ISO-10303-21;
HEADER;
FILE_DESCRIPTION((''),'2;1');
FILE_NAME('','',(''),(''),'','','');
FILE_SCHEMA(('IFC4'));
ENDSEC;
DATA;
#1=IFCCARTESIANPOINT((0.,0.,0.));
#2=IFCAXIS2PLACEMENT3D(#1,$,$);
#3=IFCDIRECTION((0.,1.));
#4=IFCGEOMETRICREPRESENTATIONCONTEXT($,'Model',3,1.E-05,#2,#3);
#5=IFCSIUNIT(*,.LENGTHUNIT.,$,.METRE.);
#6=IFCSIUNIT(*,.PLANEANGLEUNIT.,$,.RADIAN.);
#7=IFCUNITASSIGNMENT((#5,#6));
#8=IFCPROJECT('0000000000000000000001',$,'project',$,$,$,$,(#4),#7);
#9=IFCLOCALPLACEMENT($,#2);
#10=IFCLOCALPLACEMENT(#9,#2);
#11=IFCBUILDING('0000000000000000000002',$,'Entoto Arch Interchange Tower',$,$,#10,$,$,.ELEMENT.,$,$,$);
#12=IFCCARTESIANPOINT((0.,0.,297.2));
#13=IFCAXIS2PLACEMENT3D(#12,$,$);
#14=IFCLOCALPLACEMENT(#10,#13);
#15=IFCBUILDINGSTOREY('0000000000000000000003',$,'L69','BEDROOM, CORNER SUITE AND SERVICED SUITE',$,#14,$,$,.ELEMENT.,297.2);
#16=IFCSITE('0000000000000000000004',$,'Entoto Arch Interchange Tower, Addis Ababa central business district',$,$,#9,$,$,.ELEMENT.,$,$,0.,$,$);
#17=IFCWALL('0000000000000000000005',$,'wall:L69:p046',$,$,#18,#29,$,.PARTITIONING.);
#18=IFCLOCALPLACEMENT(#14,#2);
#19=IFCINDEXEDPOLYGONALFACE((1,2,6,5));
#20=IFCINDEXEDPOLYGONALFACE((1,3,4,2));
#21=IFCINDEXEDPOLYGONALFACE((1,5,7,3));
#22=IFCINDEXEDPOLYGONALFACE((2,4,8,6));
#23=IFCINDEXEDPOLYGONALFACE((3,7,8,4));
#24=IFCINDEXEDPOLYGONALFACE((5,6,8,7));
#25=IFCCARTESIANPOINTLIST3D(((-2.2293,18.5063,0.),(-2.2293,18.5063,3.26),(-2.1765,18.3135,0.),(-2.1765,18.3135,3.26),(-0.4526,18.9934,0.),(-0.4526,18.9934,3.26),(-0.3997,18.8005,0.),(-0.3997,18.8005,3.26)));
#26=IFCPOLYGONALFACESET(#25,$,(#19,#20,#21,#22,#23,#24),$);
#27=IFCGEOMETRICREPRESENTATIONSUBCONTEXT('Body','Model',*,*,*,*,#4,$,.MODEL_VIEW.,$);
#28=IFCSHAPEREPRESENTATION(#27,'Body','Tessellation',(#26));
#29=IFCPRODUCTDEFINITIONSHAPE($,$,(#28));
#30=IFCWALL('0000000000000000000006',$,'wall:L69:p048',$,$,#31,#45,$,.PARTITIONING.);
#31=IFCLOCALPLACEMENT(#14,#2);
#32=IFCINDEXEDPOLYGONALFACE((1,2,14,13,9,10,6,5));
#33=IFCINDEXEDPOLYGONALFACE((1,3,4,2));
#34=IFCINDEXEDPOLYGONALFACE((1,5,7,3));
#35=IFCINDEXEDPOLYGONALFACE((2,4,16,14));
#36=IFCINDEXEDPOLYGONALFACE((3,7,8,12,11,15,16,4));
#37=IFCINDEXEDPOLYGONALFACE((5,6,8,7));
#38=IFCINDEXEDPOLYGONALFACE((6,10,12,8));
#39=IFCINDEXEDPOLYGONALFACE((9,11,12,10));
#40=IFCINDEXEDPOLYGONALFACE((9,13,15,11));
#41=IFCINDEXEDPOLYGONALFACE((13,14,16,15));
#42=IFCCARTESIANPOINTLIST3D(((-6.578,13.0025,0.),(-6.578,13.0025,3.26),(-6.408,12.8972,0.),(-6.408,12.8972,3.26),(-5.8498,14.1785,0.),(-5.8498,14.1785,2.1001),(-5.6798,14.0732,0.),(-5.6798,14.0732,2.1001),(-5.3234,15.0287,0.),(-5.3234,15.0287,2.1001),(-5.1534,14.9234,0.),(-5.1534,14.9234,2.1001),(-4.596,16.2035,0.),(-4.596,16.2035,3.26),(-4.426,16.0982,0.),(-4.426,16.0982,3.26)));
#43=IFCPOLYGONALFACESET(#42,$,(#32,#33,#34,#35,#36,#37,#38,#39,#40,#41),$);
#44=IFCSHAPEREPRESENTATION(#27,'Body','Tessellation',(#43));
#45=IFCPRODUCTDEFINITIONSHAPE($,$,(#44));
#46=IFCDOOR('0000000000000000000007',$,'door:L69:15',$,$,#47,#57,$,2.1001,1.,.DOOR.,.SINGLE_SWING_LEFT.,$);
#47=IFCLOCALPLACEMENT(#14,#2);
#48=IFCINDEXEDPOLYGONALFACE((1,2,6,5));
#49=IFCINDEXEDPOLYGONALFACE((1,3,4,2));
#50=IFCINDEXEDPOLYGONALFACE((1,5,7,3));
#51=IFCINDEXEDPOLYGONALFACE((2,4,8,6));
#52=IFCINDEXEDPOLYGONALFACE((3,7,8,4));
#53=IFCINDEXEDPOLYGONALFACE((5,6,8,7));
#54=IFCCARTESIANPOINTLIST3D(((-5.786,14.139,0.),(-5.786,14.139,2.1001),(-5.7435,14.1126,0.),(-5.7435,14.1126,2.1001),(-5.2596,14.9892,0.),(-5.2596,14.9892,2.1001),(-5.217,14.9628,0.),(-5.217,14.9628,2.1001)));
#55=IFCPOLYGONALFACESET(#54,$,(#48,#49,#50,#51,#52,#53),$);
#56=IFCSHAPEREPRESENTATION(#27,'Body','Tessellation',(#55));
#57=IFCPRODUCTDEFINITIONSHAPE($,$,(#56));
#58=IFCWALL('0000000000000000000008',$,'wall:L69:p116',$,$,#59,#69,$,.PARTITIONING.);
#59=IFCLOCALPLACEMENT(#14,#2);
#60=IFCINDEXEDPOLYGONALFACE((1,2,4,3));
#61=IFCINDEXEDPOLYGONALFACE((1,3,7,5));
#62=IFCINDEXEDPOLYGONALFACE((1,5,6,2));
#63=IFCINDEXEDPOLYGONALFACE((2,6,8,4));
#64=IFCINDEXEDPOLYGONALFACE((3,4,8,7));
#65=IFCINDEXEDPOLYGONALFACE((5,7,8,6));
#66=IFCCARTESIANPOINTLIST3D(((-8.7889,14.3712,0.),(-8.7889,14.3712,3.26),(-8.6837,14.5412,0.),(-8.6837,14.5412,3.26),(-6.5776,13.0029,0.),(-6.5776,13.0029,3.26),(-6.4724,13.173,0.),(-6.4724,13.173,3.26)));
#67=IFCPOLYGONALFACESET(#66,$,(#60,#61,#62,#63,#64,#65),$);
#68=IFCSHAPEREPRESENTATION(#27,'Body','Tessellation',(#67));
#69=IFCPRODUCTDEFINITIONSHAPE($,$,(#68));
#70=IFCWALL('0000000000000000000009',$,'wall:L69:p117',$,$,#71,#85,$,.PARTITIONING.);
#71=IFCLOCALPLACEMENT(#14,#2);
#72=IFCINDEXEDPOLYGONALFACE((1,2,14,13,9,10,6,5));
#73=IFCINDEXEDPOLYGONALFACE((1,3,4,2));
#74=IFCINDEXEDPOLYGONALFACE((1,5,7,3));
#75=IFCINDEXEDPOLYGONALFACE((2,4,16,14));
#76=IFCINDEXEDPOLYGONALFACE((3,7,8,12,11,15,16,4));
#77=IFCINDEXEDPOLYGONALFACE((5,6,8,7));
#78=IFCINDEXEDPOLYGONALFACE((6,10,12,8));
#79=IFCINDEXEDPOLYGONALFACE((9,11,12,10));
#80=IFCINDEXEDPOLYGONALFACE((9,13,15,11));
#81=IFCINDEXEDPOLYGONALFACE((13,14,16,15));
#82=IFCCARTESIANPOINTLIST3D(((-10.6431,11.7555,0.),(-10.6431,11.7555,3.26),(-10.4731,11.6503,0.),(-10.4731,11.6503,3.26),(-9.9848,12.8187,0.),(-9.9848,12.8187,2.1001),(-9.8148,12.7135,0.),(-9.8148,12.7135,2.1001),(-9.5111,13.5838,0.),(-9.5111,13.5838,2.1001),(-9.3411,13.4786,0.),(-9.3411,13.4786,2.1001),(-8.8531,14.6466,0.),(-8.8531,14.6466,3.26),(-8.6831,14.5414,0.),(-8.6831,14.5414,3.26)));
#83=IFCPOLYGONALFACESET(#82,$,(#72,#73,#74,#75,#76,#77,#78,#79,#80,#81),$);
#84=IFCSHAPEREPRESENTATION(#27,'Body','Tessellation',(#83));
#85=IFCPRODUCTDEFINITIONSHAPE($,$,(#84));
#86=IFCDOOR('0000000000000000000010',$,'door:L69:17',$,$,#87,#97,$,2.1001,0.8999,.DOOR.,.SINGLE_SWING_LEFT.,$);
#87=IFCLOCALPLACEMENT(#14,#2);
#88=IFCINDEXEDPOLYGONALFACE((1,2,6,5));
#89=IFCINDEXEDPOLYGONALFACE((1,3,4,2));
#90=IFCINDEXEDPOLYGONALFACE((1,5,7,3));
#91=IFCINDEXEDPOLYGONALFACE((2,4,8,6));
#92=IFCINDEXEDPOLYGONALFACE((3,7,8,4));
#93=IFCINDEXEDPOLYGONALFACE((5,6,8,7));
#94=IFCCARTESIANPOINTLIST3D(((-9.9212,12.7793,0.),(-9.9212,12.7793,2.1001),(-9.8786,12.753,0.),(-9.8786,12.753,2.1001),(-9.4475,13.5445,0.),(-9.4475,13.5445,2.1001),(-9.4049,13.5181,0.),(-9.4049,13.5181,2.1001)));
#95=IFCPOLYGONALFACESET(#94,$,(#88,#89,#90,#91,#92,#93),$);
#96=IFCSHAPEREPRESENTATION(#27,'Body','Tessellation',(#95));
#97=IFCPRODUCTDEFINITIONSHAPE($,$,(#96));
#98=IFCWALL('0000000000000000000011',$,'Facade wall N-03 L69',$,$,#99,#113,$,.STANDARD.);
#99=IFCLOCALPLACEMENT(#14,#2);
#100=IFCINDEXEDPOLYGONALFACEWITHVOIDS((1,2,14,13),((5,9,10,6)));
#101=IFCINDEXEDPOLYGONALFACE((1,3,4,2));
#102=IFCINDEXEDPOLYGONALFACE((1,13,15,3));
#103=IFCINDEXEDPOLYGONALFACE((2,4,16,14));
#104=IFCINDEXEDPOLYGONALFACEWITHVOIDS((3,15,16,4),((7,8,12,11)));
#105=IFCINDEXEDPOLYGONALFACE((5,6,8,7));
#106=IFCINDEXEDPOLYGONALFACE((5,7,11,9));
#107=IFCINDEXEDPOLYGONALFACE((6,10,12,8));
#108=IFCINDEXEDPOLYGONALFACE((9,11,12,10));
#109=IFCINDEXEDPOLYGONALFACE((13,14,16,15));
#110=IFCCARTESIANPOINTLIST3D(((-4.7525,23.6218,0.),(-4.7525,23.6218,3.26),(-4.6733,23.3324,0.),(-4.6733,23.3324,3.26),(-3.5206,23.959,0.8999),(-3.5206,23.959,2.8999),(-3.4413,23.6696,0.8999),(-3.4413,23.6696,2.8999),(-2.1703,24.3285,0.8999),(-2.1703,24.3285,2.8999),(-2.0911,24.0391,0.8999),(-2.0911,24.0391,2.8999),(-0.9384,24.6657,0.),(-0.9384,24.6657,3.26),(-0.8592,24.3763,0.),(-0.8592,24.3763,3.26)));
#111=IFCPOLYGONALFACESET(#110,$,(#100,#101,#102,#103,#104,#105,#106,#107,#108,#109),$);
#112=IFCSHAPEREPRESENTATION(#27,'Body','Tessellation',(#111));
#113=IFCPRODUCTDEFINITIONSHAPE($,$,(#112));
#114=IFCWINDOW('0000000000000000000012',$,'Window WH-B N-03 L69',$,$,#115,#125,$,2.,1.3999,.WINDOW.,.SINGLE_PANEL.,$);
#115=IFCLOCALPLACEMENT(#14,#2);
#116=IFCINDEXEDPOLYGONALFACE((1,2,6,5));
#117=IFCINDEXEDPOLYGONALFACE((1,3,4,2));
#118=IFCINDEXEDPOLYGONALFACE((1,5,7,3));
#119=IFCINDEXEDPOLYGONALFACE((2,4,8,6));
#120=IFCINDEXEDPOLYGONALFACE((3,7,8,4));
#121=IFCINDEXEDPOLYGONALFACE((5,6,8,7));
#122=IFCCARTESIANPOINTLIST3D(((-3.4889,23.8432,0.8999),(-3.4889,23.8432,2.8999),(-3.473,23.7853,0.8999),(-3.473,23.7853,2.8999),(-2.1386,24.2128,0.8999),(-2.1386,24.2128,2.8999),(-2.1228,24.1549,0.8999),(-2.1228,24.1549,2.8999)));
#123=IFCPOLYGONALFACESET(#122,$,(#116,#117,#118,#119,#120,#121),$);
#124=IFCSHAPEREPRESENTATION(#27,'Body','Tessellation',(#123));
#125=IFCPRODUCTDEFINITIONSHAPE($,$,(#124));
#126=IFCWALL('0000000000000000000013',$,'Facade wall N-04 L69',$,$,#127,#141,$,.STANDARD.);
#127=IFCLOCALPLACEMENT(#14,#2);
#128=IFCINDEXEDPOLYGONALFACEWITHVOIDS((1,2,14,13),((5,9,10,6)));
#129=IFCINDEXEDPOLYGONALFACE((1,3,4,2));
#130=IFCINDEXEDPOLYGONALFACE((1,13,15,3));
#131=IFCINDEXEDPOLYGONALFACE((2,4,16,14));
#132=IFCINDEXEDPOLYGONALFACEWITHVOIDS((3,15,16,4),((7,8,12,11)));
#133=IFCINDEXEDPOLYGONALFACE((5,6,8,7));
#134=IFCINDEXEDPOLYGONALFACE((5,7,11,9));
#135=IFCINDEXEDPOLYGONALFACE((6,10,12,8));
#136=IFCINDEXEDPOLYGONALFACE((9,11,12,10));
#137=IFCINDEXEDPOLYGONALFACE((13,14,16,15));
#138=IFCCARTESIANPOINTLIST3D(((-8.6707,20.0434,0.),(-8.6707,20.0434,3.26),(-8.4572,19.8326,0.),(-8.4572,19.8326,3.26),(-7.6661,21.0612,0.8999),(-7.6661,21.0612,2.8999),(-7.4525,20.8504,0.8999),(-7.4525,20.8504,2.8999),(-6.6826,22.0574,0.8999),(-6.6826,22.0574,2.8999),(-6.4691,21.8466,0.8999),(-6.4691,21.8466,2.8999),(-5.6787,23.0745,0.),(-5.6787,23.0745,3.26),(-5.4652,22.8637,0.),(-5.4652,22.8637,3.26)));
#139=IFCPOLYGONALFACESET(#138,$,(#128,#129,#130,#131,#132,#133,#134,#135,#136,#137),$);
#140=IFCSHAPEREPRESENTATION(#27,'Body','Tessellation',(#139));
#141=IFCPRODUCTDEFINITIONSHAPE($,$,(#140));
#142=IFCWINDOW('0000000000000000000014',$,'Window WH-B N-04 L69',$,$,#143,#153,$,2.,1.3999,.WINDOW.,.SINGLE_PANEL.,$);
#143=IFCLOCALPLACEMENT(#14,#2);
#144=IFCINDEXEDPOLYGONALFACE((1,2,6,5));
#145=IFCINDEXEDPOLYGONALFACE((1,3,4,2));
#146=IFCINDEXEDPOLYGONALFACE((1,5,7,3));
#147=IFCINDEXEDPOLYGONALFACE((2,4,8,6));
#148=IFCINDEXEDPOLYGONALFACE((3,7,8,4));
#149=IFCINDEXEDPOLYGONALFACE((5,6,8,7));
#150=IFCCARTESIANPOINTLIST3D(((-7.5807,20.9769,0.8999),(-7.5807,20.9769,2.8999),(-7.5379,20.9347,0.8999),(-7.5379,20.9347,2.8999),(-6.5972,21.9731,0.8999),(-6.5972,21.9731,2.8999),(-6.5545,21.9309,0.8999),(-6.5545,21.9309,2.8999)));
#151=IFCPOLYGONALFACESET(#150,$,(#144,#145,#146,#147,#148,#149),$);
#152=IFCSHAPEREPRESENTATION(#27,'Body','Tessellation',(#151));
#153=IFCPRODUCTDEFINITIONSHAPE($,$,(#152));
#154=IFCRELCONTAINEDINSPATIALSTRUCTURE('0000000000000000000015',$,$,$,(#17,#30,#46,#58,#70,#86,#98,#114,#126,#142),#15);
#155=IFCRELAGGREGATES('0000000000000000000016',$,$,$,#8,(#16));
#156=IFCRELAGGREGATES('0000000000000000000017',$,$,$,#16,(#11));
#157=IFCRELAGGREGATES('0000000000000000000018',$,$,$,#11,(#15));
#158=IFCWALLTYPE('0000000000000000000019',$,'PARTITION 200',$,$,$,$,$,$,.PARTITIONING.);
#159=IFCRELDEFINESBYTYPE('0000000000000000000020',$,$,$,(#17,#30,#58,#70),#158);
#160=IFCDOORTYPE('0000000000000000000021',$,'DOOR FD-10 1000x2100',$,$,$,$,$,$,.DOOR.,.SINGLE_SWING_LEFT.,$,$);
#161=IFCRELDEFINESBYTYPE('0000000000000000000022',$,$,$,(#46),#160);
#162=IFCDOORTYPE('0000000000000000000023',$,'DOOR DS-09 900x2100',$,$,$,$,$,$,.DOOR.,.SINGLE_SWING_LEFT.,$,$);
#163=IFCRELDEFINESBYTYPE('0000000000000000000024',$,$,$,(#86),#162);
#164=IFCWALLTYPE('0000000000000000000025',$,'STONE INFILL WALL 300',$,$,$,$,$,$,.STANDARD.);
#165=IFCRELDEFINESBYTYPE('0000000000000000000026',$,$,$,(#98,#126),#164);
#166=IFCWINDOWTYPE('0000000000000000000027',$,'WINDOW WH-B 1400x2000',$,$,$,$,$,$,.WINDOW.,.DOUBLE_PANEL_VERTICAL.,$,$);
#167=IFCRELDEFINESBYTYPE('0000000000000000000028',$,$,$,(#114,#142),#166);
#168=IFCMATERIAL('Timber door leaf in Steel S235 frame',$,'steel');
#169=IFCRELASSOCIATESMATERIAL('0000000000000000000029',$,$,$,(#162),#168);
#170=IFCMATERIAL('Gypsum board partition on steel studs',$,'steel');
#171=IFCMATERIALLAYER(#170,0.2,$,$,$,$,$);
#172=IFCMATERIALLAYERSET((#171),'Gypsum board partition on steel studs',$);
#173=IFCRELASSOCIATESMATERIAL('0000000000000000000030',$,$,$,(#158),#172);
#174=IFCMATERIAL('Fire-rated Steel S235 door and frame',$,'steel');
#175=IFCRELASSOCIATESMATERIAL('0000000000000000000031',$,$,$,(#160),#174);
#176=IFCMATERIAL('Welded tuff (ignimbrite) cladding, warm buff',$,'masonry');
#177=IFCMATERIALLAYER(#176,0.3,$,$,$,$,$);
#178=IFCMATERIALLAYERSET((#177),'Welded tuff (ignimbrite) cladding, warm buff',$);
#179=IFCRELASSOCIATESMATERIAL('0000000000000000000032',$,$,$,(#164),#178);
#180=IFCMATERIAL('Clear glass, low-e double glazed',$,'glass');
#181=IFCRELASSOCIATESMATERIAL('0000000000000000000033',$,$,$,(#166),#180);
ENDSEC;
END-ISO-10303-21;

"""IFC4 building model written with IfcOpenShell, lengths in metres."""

from ifc_helpers import new_model, si_unit, direction, frame, frame_2d, origin, place, context, subcontext, project, spatial, rectangle, extrude, material, layer, layer_set, type_object, element, fill, save


model = new_model("IFC4")

# Units and contexts
model_context = context("Model", 3, precision=1e-05, world=origin(), true_north=direction((0.0, 1.0)))
body_context = subcontext(model_context, "Body", "Model", "MODEL_VIEW")
ifc_project = project(units=[si_unit("LENGTHUNIT", "METRE"), si_unit("PLANEANGLEUNIT", "RADIAN")], contexts=[model_context])

# Site, building, storey
site_placement = place(None, origin())
site = spatial("IfcSite", under=ifc_project, at=site_placement, Name="Entoto Arch Interchange Tower, Addis Ababa central business district", CompositionType="ELEMENT", RefElevation=0.0)
building_placement = place(site_placement, origin())
building = spatial("IfcBuilding", under=site, at=building_placement, Name="Entoto Arch Interchange Tower", CompositionType="ELEMENT")
storey_placement = place(building_placement, frame((0.0, 0.0, 297.2)))
storey = spatial("IfcBuildingStorey", under=building, at=storey_placement, Name="L69", Description="BEDROOM, CORNER SUITE AND SERVICED SUITE", CompositionType="ELEMENT", Elevation=297.2)

# Shared definitions
ifc_material_1 = material(Name="Gypsum board partition on steel studs", Category="steel")
ifc_material_2 = material(Name="Timber door leaf in Steel S235 frame", Category="steel")
door_type_1 = type_object("IfcDoorType", Name="DOOR DS-09 900x2100", OperationType="SINGLE_SWING_LEFT", PredefinedType="DOOR", material=ifc_material_2)

# Shared definitions
ifc_layer_1 = layer(ifc_material_1, 0.2)
ifc_layer_set_1 = layer_set([ifc_layer_1], Name="Gypsum board partition on steel studs")
wall_type_1 = type_object("IfcWallType", Name="PARTITION 200", PredefinedType="PARTITIONING", material=ifc_layer_set_1)

# Wall
wall_1_placement = place(storey_placement, frame((-2.2029, 18.4099, 0.0), z_axis=(0.0, 0.0, 1.0), x_axis=(0.964424, 0.264362, 0.0)))
element("IfcWall", 1, at=wall_1_placement, inside=storey, type_object=wall_type_1, Name="wall:L69:p046", PredefinedType="PARTITIONING", context=body_context, shape_type="SweptSolid", body=[
    extrude(rectangle(XDim=1.8423, YDim=0.2, at=frame_2d((0.9211, 0.0))), origin(), (0.0, 0.0, 1.0), 3.26),
])

# Wall, opening, door
wall_2_placement = place(storey_placement, frame((-6.4929, 12.95, 0.0), z_axis=(0.0, 0.0, 1.0), x_axis=(0.526433, 0.850217, 0.0)))
wall_2 = element("IfcWall", 2, at=wall_2_placement, inside=storey, type_object=wall_type_1, Name="wall:L69:p048", PredefinedType="PARTITIONING", context=body_context, shape_type="SweptSolid", body=[
    extrude(rectangle(XDim=3.7649, YDim=0.2, at=frame_2d((1.8823, 0.0))), origin(), (0.0, 0.0, 1.0), 3.26),
])
opening_1_placement = place(wall_2_placement, frame((1.3831, 0.0, 0.0)))
opening_1 = element("IfcOpeningElement", 3, at=opening_1_placement, cuts=wall_2, PredefinedType="OPENING", context=body_context, shape_type="SweptSolid", body=[
    extrude(rectangle(XDim=1.0, YDim=2.1001, at=frame_2d((0.5, 1.05))), frame((0.0, 0.1099, 0.0), z_axis=(0.0, -1.0, 0.0), x_axis=(1.0, 0.0, 0.0)), (0.0, 0.0, 1.0), 0.22),
])
ifc_material_3 = material(Name="Fire-rated Steel S235 door and frame", Category="steel")
door_type_2 = type_object("IfcDoorType", Name="DOOR FD-10 1000x2100", OperationType="SINGLE_SWING_LEFT", PredefinedType="DOOR", material=ifc_material_3)
door_1_placement = place(opening_1_placement, origin())
door_1 = element("IfcDoor", 4, at=door_1_placement, inside=storey, type_object=door_type_2, Name="door:L69:15", OperationType="SINGLE_SWING_LEFT", OverallHeight=2.1001, OverallWidth=1.0, PredefinedType="DOOR", context=body_context, shape_type="SweptSolid", body=[
    extrude(rectangle(XDim=1.0, YDim=2.1001, at=frame_2d((0.5, 1.05))), frame((0.0, 0.0249, 0.0), z_axis=(0.0, -1.0, 0.0), x_axis=(1.0, 0.0, 0.0)), (0.0, 0.0, 1.0), 0.05),
])
fill(opening_1, door_1)

# Wall
wall_3_placement = place(storey_placement, frame((-6.5249, 13.0879, 0.0), z_axis=(0.0, 0.0, 1.0), x_axis=(-0.850379, 0.52617, 0.0)))
element("IfcWall", 5, at=wall_3_placement, inside=storey, type_object=wall_type_1, Name="wall:L69:p116", PredefinedType="PARTITIONING", context=body_context, shape_type="SweptSolid", body=[
    extrude(rectangle(XDim=2.6003, YDim=0.2, at=frame_2d((1.3003, 0.0))), origin(), (0.0, 0.0, 1.0), 3.26),
])

# Wall, opening, door
wall_4_placement = place(storey_placement, frame((-8.7681, 14.594, 0.0), z_axis=(0.0, 0.0, 1.0), x_axis=(-0.526419, -0.850225, 0.0)))
wall_4 = element("IfcWall", 6, at=wall_4_placement, inside=storey, type_object=wall_type_1, Name="wall:L69:p117", PredefinedType="PARTITIONING", context=body_context, shape_type="SweptSolid", body=[
    extrude(rectangle(XDim=3.4004, YDim=0.2, at=frame_2d((1.7002, 0.0))), origin(), (0.0, 0.0, 1.0), 3.26),
])
opening_2_placement = place(wall_4_placement, frame((1.25, 0.0, 0.0)))
opening_2 = element("IfcOpeningElement", 7, at=opening_2_placement, cuts=wall_4, PredefinedType="OPENING", context=body_context, shape_type="SweptSolid", body=[
    extrude(rectangle(XDim=0.8999, YDim=2.1001, at=frame_2d((0.45, 1.05))), frame((0.0, 0.1099, 0.0), z_axis=(0.0, -1.0, 0.0), x_axis=(1.0, 0.0, 0.0)), (0.0, 0.0, 1.0), 0.22),
])
door_2_placement = place(opening_2_placement, origin())
door_2 = element("IfcDoor", 8, at=door_2_placement, inside=storey, type_object=door_type_1, Name="door:L69:17", OperationType="SINGLE_SWING_LEFT", OverallHeight=2.1001, OverallWidth=0.8999, PredefinedType="DOOR", context=body_context, shape_type="SweptSolid", body=[
    extrude(rectangle(XDim=0.8999, YDim=2.1001, at=frame_2d((0.45, 1.05))), frame((0.0, 0.0249, 0.0), z_axis=(0.0, -1.0, 0.0), x_axis=(1.0, 0.0, 0.0)), (0.0, 0.0, 1.0), 0.05),
])
fill(opening_2, door_2)

# Walls, openings, windows
ifc_material_4 = material(Name="Welded tuff (ignimbrite) cladding, warm buff", Category="masonry")
ifc_layer_2 = layer(ifc_material_4, 0.3)
ifc_layer_set_2 = layer_set([ifc_layer_2], Name="Welded tuff (ignimbrite) cladding, warm buff")
wall_type_2 = type_object("IfcWallType", Name="STONE INFILL WALL 300", PredefinedType="STANDARD", material=ifc_layer_set_2)
wall_5_placement = place(storey_placement, frame((-0.8989, 24.521, 0.0), z_axis=(0.0, 0.0, 1.0), x_axis=(-0.964521, -0.264005, 0.0)))
wall_5 = element("IfcWall", 9, at=wall_5_placement, inside=storey, type_object=wall_type_2, Name="Facade wall N-03 L69", PredefinedType="STANDARD", context=body_context, shape_type="SweptSolid", body=[
    extrude(rectangle(XDim=3.9543, YDim=0.3, at=frame_2d((1.9771, 0.0))), origin(), (0.0, 0.0, 1.0), 3.26),
])
opening_3_placement = place(wall_5_placement, frame((1.2771, 0.0, 0.8999)))
opening_3 = element("IfcOpeningElement", 10, at=opening_3_placement, cuts=wall_5, PredefinedType="OPENING", context=body_context, shape_type="SweptSolid", body=[
    extrude(rectangle(XDim=1.3999, YDim=2.0, at=frame_2d((0.7, 1.0))), frame((0.0, 0.1602, 0.0), z_axis=(0.0, -1.0, 0.0), x_axis=(1.0, 0.0, 0.0)), (0.0, 0.0, 1.0), 0.3201),
])
ifc_material_5 = material(Name="Clear glass, low-e double glazed", Category="glass")
window_type_1 = type_object("IfcWindowType", Name="WINDOW WH-B 1400x2000", PartitioningType="DOUBLE_PANEL_VERTICAL", PredefinedType="WINDOW", material=ifc_material_5)
window_1_placement = place(opening_3_placement, origin())
window_1 = element("IfcWindow", 11, at=window_1_placement, inside=storey, type_object=window_type_1, Name="Window WH-B N-03 L69", OverallHeight=2.0, OverallWidth=1.3999, PartitioningType="SINGLE_PANEL", PredefinedType="WINDOW", context=body_context, shape_type="SweptSolid", body=[
    extrude(rectangle(XDim=1.3999, YDim=2.0, at=frame_2d((0.7, 1.0))), frame((0.0, 0.03, 0.0), z_axis=(0.0, -1.0, 0.0), x_axis=(1.0, 0.0, 0.0)), (0.0, 0.0, 1.0), 0.0601),
])
fill(opening_3, window_1)
wall_6_placement = place(storey_placement, frame((-5.572, 22.969, 0.0), z_axis=(0.0, 0.0, 1.0), x_axis=(-0.702506, -0.711678, 0.0)))
wall_6 = element("IfcWall", 12, at=wall_6_placement, inside=storey, type_object=wall_type_2, Name="Facade wall N-04 L69", PredefinedType="STANDARD", context=body_context, shape_type="SweptSolid", body=[
    extrude(rectangle(XDim=4.259, YDim=0.3, at=frame_2d((2.1294, 0.0))), origin(), (0.0, 0.0, 1.0), 3.26),
])
opening_4_placement = place(wall_6_placement, frame((1.429, 0.0, 0.8999)))
opening_4 = element("IfcOpeningElement", 13, at=opening_4_placement, cuts=wall_6, PredefinedType="OPENING", context=body_context, shape_type="SweptSolid", body=[
    extrude(rectangle(XDim=1.3999, YDim=2.0, at=frame_2d((0.7, 1.0))), frame((0.0, 0.1602, 0.0), z_axis=(0.0, -1.0, 0.0), x_axis=(1.0, 0.0, 0.0)), (0.0, 0.0, 1.0), 0.3201),
])
window_2_placement = place(opening_4_placement, origin())
window_2 = element("IfcWindow", 14, at=window_2_placement, inside=storey, type_object=window_type_1, Name="Window WH-B N-04 L69", OverallHeight=2.0, OverallWidth=1.3999, PartitioningType="SINGLE_PANEL", PredefinedType="WINDOW", context=body_context, shape_type="SweptSolid", body=[
    extrude(rectangle(XDim=1.3999, YDim=2.0, at=frame_2d((0.7, 1.0))), frame((0.0, 0.03, 0.0), z_axis=(0.0, -1.0, 0.0), x_axis=(1.0, 0.0, 0.0)), (0.0, 0.0, 1.0), 0.0601),
])
fill(opening_4, window_2)

save(model, "model.ifc")
